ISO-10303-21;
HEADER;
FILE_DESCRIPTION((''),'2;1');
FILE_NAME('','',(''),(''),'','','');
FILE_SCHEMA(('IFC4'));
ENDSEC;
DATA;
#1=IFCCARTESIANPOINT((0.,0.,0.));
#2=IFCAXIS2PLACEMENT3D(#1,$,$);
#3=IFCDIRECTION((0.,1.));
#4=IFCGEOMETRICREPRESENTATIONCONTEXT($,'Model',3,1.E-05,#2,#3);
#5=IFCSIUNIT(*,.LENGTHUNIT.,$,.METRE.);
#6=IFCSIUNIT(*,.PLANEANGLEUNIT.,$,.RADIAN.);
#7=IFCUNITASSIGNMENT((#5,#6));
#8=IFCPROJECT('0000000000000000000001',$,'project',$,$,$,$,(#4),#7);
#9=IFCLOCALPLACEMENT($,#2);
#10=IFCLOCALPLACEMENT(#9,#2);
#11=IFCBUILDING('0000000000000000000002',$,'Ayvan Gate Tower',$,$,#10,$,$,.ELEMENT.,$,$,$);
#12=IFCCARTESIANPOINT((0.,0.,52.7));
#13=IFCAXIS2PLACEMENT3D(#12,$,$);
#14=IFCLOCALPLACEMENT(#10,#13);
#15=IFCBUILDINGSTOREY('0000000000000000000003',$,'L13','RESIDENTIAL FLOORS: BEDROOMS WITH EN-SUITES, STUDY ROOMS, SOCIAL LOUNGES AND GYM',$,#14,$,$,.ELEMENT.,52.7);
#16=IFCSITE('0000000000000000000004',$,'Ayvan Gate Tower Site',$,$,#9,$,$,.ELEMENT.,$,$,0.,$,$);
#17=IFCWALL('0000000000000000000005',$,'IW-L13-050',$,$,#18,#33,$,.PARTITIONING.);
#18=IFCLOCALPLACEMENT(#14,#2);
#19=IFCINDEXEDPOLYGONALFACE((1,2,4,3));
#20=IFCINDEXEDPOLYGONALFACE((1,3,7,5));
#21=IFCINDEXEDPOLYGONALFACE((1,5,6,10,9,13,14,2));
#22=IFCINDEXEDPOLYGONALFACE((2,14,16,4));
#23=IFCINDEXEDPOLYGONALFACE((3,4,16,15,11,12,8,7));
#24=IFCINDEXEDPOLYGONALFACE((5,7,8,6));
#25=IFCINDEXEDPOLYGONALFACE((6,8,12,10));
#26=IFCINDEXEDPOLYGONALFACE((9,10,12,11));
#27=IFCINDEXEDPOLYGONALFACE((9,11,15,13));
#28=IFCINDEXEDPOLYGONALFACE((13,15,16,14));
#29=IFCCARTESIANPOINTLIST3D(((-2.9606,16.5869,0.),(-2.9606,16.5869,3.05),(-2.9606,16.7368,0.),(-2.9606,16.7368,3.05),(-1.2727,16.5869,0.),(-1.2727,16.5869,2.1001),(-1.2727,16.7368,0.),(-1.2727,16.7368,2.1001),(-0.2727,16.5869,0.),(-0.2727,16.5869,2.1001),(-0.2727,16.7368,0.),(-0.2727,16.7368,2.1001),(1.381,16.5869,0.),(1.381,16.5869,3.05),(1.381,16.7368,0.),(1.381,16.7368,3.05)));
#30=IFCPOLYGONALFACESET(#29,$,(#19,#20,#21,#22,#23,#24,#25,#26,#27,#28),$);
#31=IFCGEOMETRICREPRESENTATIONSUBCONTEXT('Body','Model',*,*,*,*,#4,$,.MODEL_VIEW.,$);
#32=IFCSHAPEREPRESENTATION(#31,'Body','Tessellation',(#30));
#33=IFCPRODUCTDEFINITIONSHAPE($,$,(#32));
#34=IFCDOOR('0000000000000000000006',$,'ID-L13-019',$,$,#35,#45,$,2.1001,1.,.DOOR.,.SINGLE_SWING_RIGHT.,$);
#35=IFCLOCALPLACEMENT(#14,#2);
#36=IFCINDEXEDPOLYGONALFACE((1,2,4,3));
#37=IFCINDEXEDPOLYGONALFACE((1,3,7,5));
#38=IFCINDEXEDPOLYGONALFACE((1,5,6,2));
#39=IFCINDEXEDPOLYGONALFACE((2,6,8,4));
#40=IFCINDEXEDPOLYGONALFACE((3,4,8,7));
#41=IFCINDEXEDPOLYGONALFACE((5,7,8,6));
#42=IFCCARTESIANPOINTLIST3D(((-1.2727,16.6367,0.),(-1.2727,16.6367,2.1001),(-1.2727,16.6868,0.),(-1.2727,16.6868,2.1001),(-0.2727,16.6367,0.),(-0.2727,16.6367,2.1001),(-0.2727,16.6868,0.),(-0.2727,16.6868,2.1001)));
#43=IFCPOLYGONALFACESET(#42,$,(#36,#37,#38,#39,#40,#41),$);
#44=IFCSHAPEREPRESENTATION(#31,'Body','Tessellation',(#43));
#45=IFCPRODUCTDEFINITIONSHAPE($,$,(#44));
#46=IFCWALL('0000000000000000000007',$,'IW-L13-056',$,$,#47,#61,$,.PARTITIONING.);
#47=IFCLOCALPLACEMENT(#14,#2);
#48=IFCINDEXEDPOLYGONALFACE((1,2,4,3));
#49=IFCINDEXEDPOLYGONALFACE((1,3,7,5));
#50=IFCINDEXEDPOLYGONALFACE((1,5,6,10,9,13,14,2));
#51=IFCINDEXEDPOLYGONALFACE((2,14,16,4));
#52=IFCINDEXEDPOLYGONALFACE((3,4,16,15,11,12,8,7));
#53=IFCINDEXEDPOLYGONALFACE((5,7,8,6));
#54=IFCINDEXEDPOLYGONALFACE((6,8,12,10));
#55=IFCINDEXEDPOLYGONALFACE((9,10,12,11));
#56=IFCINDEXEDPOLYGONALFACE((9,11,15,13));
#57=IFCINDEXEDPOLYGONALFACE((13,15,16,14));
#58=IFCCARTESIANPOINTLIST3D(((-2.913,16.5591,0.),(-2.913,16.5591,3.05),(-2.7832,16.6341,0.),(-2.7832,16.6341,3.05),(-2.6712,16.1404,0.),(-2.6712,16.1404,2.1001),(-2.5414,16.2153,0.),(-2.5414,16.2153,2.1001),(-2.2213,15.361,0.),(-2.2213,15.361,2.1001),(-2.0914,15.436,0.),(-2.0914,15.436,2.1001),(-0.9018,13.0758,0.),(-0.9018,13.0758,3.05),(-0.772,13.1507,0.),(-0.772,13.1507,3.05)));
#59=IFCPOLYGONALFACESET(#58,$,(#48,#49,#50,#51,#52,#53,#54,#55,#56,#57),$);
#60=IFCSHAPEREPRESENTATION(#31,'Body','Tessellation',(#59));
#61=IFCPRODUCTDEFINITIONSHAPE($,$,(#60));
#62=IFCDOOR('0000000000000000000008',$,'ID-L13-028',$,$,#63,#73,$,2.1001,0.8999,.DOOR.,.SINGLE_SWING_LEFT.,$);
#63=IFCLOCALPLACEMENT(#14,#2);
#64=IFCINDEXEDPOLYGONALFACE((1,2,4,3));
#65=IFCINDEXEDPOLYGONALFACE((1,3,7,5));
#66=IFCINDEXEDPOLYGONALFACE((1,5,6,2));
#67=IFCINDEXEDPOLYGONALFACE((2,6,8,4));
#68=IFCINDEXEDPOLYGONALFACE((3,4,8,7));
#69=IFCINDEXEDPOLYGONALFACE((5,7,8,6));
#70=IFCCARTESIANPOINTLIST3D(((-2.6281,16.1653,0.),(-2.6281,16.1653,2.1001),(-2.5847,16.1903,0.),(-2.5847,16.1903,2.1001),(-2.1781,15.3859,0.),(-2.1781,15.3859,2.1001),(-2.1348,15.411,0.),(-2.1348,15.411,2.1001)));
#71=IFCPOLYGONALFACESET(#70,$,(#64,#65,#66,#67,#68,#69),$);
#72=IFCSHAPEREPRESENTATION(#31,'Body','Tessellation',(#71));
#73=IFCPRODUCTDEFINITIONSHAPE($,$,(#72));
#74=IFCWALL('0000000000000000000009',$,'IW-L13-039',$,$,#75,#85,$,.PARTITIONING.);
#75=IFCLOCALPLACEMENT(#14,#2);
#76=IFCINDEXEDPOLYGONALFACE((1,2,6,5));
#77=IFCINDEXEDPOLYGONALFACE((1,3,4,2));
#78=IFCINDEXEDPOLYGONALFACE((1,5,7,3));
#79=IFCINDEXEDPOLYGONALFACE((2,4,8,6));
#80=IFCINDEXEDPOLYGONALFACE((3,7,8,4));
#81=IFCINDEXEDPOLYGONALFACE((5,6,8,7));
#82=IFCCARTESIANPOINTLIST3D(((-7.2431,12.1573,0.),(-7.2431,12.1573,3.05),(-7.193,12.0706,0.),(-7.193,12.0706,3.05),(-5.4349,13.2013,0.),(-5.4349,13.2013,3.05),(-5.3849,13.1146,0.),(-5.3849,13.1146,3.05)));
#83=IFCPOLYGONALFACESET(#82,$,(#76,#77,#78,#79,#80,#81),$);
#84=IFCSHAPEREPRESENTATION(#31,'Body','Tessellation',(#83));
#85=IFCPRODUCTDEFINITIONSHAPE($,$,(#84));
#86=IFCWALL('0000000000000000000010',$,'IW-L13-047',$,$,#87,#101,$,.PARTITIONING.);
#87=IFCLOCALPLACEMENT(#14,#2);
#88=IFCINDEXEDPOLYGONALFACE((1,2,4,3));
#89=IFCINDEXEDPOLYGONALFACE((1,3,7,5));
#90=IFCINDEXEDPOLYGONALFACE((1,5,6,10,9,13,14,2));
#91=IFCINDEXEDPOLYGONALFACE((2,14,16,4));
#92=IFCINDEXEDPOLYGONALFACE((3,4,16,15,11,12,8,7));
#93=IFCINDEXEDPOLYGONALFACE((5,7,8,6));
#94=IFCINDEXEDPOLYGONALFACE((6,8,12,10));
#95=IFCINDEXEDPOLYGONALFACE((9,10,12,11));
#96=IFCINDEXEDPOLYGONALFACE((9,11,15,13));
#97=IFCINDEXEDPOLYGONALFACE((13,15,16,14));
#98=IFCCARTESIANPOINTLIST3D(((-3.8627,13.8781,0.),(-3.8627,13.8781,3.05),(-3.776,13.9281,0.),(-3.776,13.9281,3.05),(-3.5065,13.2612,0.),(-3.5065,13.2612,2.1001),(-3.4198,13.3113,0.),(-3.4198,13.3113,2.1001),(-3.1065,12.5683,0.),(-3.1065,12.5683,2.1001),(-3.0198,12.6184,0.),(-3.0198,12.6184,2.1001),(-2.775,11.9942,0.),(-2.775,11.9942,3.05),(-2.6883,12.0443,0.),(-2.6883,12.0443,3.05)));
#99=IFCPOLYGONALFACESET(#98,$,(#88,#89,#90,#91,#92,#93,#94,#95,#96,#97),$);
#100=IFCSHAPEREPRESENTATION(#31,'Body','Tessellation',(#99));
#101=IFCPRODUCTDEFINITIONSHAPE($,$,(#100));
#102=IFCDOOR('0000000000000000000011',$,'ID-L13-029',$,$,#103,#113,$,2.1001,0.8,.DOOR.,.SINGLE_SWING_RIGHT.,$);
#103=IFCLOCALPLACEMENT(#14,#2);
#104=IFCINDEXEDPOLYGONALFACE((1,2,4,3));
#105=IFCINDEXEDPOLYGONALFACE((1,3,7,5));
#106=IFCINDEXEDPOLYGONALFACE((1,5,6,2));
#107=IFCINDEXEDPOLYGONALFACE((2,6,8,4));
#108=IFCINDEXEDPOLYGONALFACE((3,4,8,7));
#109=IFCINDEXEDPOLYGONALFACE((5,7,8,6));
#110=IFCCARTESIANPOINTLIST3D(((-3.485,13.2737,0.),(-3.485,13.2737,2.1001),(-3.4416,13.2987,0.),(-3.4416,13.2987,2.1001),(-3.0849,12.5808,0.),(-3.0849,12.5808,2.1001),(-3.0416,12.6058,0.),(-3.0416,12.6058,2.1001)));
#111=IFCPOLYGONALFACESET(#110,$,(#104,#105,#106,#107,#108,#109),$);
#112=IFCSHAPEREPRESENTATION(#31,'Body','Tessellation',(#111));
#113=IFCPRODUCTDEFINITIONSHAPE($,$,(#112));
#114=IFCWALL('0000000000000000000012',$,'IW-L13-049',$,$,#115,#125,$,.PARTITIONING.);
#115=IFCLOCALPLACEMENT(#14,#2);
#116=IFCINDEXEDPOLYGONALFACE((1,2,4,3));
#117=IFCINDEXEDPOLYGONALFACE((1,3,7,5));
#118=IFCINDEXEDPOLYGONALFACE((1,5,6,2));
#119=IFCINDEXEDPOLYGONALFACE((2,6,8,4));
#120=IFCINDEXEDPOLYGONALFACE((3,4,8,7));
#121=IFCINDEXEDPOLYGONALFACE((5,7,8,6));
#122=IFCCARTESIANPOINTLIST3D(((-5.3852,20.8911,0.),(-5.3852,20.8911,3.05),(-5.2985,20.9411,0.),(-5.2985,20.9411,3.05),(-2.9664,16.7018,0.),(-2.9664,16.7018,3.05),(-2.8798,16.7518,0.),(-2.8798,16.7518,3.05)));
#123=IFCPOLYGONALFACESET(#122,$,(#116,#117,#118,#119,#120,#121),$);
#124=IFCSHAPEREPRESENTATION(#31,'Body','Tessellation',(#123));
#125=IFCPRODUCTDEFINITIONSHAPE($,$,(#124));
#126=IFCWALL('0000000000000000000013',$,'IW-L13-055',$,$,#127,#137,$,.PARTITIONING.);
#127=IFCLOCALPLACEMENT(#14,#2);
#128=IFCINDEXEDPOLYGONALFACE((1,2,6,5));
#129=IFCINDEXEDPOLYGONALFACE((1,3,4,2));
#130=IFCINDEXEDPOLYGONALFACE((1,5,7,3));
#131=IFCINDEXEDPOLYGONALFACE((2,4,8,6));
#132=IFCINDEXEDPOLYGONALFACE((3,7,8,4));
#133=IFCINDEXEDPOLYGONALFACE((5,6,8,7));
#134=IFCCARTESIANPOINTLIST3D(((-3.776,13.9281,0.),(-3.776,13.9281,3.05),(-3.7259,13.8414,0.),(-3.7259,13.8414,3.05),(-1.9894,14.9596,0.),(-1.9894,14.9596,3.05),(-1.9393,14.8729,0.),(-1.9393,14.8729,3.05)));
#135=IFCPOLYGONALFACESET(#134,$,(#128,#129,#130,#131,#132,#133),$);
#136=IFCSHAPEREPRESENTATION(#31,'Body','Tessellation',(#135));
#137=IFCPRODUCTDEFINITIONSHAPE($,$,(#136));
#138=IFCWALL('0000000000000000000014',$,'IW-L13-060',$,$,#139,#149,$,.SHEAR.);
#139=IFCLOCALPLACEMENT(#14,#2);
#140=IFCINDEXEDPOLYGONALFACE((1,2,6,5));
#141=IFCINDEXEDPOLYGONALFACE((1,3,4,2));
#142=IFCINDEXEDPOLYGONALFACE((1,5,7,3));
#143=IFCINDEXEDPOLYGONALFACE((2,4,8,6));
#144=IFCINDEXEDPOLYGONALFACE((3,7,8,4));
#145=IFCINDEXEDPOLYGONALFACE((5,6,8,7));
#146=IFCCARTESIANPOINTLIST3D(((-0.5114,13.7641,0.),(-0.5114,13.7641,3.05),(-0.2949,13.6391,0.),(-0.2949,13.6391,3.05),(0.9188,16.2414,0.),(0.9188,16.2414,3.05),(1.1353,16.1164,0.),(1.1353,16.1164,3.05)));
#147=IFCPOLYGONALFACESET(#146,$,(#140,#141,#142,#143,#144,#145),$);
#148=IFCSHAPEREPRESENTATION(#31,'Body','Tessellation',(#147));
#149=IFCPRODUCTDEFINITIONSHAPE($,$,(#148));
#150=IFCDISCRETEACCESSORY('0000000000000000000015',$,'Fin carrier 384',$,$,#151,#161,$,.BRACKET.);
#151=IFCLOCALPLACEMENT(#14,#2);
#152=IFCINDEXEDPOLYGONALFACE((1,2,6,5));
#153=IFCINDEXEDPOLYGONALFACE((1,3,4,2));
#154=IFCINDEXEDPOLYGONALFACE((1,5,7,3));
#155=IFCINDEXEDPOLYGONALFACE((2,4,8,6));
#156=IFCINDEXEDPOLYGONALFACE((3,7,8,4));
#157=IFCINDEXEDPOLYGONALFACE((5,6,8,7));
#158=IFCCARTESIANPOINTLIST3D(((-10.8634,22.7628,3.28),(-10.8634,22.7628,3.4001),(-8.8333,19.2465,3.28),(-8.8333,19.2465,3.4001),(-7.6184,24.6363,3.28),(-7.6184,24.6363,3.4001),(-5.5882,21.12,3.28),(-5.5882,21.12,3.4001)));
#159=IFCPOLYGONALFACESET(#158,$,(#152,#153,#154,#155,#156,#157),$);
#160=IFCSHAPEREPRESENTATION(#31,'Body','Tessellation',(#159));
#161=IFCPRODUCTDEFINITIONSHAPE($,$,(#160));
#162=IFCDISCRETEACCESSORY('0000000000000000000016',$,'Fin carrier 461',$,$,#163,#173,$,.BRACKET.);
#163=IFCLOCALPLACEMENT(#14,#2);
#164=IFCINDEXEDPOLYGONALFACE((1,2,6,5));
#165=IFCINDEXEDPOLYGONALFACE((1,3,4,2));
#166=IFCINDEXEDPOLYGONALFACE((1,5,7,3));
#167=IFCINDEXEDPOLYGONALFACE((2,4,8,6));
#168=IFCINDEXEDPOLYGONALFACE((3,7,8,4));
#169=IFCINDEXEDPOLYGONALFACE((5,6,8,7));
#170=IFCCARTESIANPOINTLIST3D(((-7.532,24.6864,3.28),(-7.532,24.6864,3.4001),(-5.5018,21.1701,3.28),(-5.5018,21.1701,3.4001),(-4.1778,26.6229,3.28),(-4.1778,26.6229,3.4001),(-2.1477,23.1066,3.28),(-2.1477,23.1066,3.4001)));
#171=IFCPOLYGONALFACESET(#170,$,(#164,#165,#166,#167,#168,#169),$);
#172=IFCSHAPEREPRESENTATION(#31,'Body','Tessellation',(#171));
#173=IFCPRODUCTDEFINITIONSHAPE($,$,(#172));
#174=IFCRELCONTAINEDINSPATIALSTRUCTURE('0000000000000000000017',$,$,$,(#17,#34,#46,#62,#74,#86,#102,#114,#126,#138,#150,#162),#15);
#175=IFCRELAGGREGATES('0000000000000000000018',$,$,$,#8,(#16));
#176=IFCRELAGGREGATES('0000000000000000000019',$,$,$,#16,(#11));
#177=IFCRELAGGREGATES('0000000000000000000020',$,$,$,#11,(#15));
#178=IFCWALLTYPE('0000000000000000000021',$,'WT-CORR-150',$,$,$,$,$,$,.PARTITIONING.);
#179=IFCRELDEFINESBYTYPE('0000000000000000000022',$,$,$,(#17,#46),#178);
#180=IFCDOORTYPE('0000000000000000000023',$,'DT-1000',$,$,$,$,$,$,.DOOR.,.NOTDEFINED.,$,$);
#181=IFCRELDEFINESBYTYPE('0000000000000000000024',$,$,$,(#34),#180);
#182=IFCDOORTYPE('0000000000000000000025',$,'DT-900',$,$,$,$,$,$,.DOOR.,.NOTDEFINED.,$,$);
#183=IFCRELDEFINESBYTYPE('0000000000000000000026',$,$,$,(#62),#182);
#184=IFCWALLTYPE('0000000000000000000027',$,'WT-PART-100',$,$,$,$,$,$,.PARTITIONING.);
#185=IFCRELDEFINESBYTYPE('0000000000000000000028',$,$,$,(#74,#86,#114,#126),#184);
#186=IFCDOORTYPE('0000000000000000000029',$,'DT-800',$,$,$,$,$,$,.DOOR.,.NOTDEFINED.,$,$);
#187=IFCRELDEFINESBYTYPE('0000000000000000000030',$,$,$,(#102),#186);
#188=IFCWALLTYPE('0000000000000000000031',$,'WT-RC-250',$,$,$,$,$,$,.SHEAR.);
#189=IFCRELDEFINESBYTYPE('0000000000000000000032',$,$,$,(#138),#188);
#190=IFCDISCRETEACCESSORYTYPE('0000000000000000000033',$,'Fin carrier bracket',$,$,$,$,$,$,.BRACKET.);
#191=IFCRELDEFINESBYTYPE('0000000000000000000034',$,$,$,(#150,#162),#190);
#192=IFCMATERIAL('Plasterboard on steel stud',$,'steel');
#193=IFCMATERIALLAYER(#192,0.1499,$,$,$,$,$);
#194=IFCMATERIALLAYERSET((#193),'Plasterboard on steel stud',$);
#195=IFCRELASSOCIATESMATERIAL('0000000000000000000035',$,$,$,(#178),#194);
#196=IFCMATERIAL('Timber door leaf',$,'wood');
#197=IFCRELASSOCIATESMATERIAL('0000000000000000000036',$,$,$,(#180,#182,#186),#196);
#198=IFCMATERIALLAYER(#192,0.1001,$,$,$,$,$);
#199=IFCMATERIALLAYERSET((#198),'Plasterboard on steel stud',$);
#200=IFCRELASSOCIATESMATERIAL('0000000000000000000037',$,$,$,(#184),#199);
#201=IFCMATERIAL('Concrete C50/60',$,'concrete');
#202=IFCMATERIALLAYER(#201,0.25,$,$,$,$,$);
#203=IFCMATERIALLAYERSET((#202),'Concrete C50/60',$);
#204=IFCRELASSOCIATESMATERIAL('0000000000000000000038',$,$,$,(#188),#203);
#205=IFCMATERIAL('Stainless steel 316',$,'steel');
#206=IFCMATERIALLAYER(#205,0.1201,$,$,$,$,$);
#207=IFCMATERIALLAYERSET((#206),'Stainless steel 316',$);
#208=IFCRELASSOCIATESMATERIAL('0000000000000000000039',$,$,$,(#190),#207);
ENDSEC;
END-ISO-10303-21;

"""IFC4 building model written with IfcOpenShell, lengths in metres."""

from ifc_helpers import new_model, si_unit, direction, frame, frame_2d, origin, origin_2d, place, context, subcontext, project, spatial, rectangle, extrude, material, layer, layer_set, type_object, element, fill, save


model = new_model("IFC4")

# Units and contexts
model_context = context("Model", 3, precision=1e-05, world=origin(), true_north=direction((0.0, 1.0)))
body_context = subcontext(model_context, "Body", "Model", "MODEL_VIEW")
ifc_project = project(units=[si_unit("LENGTHUNIT", "METRE"), si_unit("PLANEANGLEUNIT", "RADIAN")], contexts=[model_context])

# Site, building, storey
site_placement = place(None, origin())
site = spatial("IfcSite", under=ifc_project, at=site_placement, Name="Ayvan Gate Tower Site", CompositionType="ELEMENT", RefElevation=0.0)
building_placement = place(site_placement, origin())
building = spatial("IfcBuilding", under=site, at=building_placement, Name="Ayvan Gate Tower", CompositionType="ELEMENT")
storey_placement = place(building_placement, frame((0.0, 0.0, 52.7)))
storey = spatial("IfcBuildingStorey", under=building, at=storey_placement, Name="L13", Description="RESIDENTIAL FLOORS: BEDROOMS WITH EN-SUITES, STUDY ROOMS, SOCIAL LOUNGES AND GYM", CompositionType="ELEMENT", Elevation=52.7)

# Walls, openings, doors
ifc_material_1 = material(Name="Plasterboard on steel stud", Category="steel")
ifc_layer_1 = layer(ifc_material_1, 0.1499)
ifc_layer_set_1 = layer_set([ifc_layer_1], Name="Plasterboard on steel stud")
wall_type_1 = type_object("IfcWallType", Name="WT-CORR-150", PredefinedType="PARTITIONING", material=ifc_layer_set_1)
wall_1_placement = place(storey_placement, frame((-2.9607, 16.6619, 0.0), z_axis=(0.0, 0.0, 1.0), x_axis=(1.0, 0.0, 0.0)))
wall_1 = element("IfcWall", 1, at=wall_1_placement, inside=storey, type_object=wall_type_1, Name="IW-L13-050", PredefinedType="PARTITIONING", context=body_context, shape_type="SweptSolid", body=[
    extrude(rectangle(XDim=4.3416, YDim=0.1499, at=frame_2d((2.1709, 0.0))), origin(), (0.0, 0.0, 1.0), 3.05),
])
opening_1_placement = place(wall_1_placement, frame((1.688, 0.0, 0.0)))
opening_1 = element("IfcOpeningElement", 2, at=opening_1_placement, cuts=wall_1, PredefinedType="OPENING", context=body_context, shape_type="SweptSolid", body=[
    extrude(rectangle(XDim=1.0, YDim=2.1001, at=frame_2d((0.5, 1.05))), frame((0.0, 0.085, 0.0), z_axis=(0.0, -1.0, 0.0), x_axis=(1.0, 0.0, 0.0)), (0.0, 0.0, 1.0), 0.1699),
])
ifc_material_2 = material(Name="Timber door leaf", Category="wood")
door_type_1 = type_object("IfcDoorType", Name="DT-1000", OperationType="NOTDEFINED", PredefinedType="DOOR", material=ifc_material_2)
door_1_placement = place(opening_1_placement, origin())
door_1 = element("IfcDoor", 3, at=door_1_placement, inside=storey, type_object=door_type_1, Name="ID-L13-019", OperationType="SINGLE_SWING_RIGHT", OverallHeight=2.1001, OverallWidth=1.0, PredefinedType="DOOR", context=body_context, shape_type="SweptSolid", body=[
    extrude(rectangle(XDim=1.0, YDim=2.1001, at=frame_2d((0.5, 1.05))), frame((0.0, 0.0249, 0.0), z_axis=(0.0, -1.0, 0.0), x_axis=(1.0, 0.0, 0.0)), (0.0, 0.0, 1.0), 0.05),
])
fill(opening_1, door_1)
wall_2_placement = place(storey_placement, frame((-2.8481, 16.5967, 0.0), z_axis=(0.0, 0.0, 1.0), x_axis=(0.500017, -0.866016, 0.0)))
wall_2 = element("IfcWall", 4, at=wall_2_placement, inside=storey, type_object=wall_type_1, Name="IW-L13-056", PredefinedType="PARTITIONING", context=body_context, shape_type="SweptSolid", body=[
    extrude(rectangle(XDim=4.0222, YDim=0.1499, at=frame_2d((2.0112, 0.0))), origin(), (0.0, 0.0, 1.0), 3.05),
])
opening_2_placement = place(wall_2_placement, frame((0.4836, 0.0, 0.0)))
opening_2 = element("IfcOpeningElement", 5, at=opening_2_placement, cuts=wall_2, PredefinedType="OPENING", context=body_context, shape_type="SweptSolid", body=[
    extrude(rectangle(XDim=0.8999, YDim=2.1001, at=frame_2d((0.45, 1.05))), frame((0.0, 0.085, 0.0), z_axis=(0.0, -1.0, 0.0), x_axis=(1.0, 0.0, 0.0)), (0.0, 0.0, 1.0), 0.1699),
])
door_type_2 = type_object("IfcDoorType", Name="DT-900", OperationType="NOTDEFINED", PredefinedType="DOOR", material=ifc_material_2)
door_2_placement = place(opening_2_placement, origin())
door_2 = element("IfcDoor", 6, at=door_2_placement, inside=storey, type_object=door_type_2, Name="ID-L13-028", OperationType="SINGLE_SWING_LEFT", OverallHeight=2.1001, OverallWidth=0.8999, PredefinedType="DOOR", context=body_context, shape_type="SweptSolid", body=[
    extrude(rectangle(XDim=0.8999, YDim=2.1001, at=frame_2d((0.45, 1.05))), frame((0.0, 0.0249, 0.0), z_axis=(0.0, -1.0, 0.0), x_axis=(1.0, 0.0, 0.0)), (0.0, 0.0, 1.0), 0.05),
])
fill(opening_2, door_2)

# Wall
ifc_layer_2 = layer(ifc_material_1, 0.1001)
ifc_layer_set_2 = layer_set([ifc_layer_2], Name="Plasterboard on steel stud")
wall_type_2 = type_object("IfcWallType", Name="WT-PART-100", PredefinedType="PARTITIONING", material=ifc_layer_set_2)
wall_3_placement = place(storey_placement, frame((-5.4099, 13.158, 0.0), z_axis=(0.0, 0.0, 1.0), x_axis=(-0.866018, -0.500013, 0.0)))
element("IfcWall", 7, at=wall_3_placement, inside=storey, type_object=wall_type_2, Name="IW-L13-039", PredefinedType="PARTITIONING", context=body_context, shape_type="SweptSolid", body=[
    extrude(rectangle(XDim=2.0879, YDim=0.1001, at=frame_2d((1.0439, 0.0))), origin(), (0.0, 0.0, 1.0), 3.05),
])

# Wall, opening, door
wall_4_placement = place(storey_placement, frame((-3.8193, 13.9031, 0.0), z_axis=(0.0, 0.0, 1.0), x_axis=(0.500014, -0.866017, 0.0)))
wall_4 = element("IfcWall", 8, at=wall_4_placement, inside=storey, type_object=wall_type_2, Name="IW-L13-047", PredefinedType="PARTITIONING", context=body_context, shape_type="SweptSolid", body=[
    extrude(rectangle(XDim=2.1753, YDim=0.1001, at=frame_2d((1.0876, 0.0))), origin(), (0.0, 0.0, 1.0), 3.05),
])
opening_3_placement = place(wall_4_placement, frame((0.7124, 0.0, 0.0)))
opening_3 = element("IfcOpeningElement", 9, at=opening_3_placement, cuts=wall_4, PredefinedType="OPENING", context=body_context, shape_type="SweptSolid", body=[
    extrude(rectangle(XDim=0.8, YDim=2.1001, at=frame_2d((0.3999, 1.05))), frame((0.0, 0.0601, 0.0), z_axis=(0.0, -1.0, 0.0), x_axis=(1.0, 0.0, 0.0)), (0.0, 0.0, 1.0), 0.1201),
])
door_type_3 = type_object("IfcDoorType", Name="DT-800", OperationType="NOTDEFINED", PredefinedType="DOOR", material=ifc_material_2)
door_3_placement = place(opening_3_placement, origin())
door_3 = element("IfcDoor", 10, at=door_3_placement, inside=storey, type_object=door_type_3, Name="ID-L13-029", OperationType="SINGLE_SWING_RIGHT", OverallHeight=2.1001, OverallWidth=0.8, PredefinedType="DOOR", context=body_context, shape_type="SweptSolid", body=[
    extrude(rectangle(XDim=0.8, YDim=2.1001, at=frame_2d((0.3999, 1.05))), frame((0.0, 0.0249, 0.0), z_axis=(0.0, -1.0, 0.0), x_axis=(1.0, 0.0, 0.0)), (0.0, 0.0, 1.0), 0.05),
])
fill(opening_3, door_3)

# Walls
wall_5_placement = place(storey_placement, frame((-2.9231, 16.7268, 0.0), z_axis=(0.0, 0.0, 1.0), x_axis=(-0.500009, 0.86602, 0.0)))
element("IfcWall", 11, at=wall_5_placement, inside=storey, type_object=wall_type_2, Name="IW-L13-049", PredefinedType="PARTITIONING", context=body_context, shape_type="SweptSolid", body=[
    extrude(rectangle(XDim=4.8374, YDim=0.1001, at=frame_2d((2.4187, 0.0))), origin(), (0.0, 0.0, 1.0), 3.05),
])
wall_6_placement = place(storey_placement, frame((-1.9644, 14.9163, 0.0), z_axis=(0.0, 0.0, 1.0), x_axis=(-0.866028, -0.499996, 0.0)))
element("IfcWall", 12, at=wall_6_placement, inside=storey, type_object=wall_type_2, Name="IW-L13-055", PredefinedType="PARTITIONING", context=body_context, shape_type="SweptSolid", body=[
    extrude(rectangle(XDim=2.063, YDim=0.1001, at=frame_2d((1.0315, 0.0))), origin(), (0.0, 0.0, 1.0), 3.05),
])
ifc_material_3 = material(Name="Concrete C50/60", Category="concrete")
ifc_layer_3 = layer(ifc_material_3, 0.25)
ifc_layer_set_3 = layer_set([ifc_layer_3], Name="Concrete C50/60")
wall_type_3 = type_object("IfcWallType", Name="WT-RC-250", PredefinedType="SHEAR", material=ifc_layer_set_3)
wall_7_placement = place(storey_placement, frame((-0.4031, 13.7017, 0.0), z_axis=(0.0, 0.0, 1.0), x_axis=(0.499976, 0.866039, 0.0)))
element("IfcWall", 13, at=wall_7_placement, inside=storey, type_object=wall_type_3, Name="IW-L13-060", PredefinedType="SHEAR", context=body_context, shape_type="SweptSolid", body=[
    extrude(rectangle(XDim=2.8606, YDim=0.25, at=frame_2d((1.4302, 0.0))), origin(), (0.0, 0.0, 1.0), 3.05),
])

# Discrete accessories
ifc_material_4 = material(Name="Stainless steel 316", Category="steel")
ifc_layer_4 = layer(ifc_material_4, 0.1201)
ifc_layer_set_4 = layer_set([ifc_layer_4], Name="Stainless steel 316")
discrete_accessory_type = type_object("IfcDiscreteAccessoryType", Name="Fin carrier bracket", PredefinedType="BRACKET", material=ifc_layer_set_4)
discrete_accessory_1_placement = place(storey_placement, frame((-8.2258, 21.9414, 3.28), z_axis=(0.0, 0.0, 1.0), x_axis=(-0.866025, -0.5, 0.0)))
element("IfcDiscreteAccessory", 14, at=discrete_accessory_1_placement, inside=storey, type_object=discrete_accessory_type, Name="Fin carrier 384", PredefinedType="BRACKET", context=body_context, shape_type="SweptSolid", body=[
    extrude(rectangle(XDim=3.7471, YDim=4.0603, at=origin_2d()), origin(), (0.0, 0.0, 1.0), 0.1201),
])
discrete_accessory_2_placement = place(storey_placement, frame((-4.8398, 23.8965, 3.28), z_axis=(0.0, 0.0, 1.0), x_axis=(-0.866025, -0.5, 0.0)))
element("IfcDiscreteAccessory", 15, at=discrete_accessory_2_placement, inside=storey, type_object=discrete_accessory_type, Name="Fin carrier 461", PredefinedType="BRACKET", context=body_context, shape_type="SweptSolid", body=[
    extrude(rectangle(XDim=3.873, YDim=4.0603, at=origin_2d()), origin(), (0.0, 0.0, 1.0), 0.1201),
])

save(model, "model.ifc")
